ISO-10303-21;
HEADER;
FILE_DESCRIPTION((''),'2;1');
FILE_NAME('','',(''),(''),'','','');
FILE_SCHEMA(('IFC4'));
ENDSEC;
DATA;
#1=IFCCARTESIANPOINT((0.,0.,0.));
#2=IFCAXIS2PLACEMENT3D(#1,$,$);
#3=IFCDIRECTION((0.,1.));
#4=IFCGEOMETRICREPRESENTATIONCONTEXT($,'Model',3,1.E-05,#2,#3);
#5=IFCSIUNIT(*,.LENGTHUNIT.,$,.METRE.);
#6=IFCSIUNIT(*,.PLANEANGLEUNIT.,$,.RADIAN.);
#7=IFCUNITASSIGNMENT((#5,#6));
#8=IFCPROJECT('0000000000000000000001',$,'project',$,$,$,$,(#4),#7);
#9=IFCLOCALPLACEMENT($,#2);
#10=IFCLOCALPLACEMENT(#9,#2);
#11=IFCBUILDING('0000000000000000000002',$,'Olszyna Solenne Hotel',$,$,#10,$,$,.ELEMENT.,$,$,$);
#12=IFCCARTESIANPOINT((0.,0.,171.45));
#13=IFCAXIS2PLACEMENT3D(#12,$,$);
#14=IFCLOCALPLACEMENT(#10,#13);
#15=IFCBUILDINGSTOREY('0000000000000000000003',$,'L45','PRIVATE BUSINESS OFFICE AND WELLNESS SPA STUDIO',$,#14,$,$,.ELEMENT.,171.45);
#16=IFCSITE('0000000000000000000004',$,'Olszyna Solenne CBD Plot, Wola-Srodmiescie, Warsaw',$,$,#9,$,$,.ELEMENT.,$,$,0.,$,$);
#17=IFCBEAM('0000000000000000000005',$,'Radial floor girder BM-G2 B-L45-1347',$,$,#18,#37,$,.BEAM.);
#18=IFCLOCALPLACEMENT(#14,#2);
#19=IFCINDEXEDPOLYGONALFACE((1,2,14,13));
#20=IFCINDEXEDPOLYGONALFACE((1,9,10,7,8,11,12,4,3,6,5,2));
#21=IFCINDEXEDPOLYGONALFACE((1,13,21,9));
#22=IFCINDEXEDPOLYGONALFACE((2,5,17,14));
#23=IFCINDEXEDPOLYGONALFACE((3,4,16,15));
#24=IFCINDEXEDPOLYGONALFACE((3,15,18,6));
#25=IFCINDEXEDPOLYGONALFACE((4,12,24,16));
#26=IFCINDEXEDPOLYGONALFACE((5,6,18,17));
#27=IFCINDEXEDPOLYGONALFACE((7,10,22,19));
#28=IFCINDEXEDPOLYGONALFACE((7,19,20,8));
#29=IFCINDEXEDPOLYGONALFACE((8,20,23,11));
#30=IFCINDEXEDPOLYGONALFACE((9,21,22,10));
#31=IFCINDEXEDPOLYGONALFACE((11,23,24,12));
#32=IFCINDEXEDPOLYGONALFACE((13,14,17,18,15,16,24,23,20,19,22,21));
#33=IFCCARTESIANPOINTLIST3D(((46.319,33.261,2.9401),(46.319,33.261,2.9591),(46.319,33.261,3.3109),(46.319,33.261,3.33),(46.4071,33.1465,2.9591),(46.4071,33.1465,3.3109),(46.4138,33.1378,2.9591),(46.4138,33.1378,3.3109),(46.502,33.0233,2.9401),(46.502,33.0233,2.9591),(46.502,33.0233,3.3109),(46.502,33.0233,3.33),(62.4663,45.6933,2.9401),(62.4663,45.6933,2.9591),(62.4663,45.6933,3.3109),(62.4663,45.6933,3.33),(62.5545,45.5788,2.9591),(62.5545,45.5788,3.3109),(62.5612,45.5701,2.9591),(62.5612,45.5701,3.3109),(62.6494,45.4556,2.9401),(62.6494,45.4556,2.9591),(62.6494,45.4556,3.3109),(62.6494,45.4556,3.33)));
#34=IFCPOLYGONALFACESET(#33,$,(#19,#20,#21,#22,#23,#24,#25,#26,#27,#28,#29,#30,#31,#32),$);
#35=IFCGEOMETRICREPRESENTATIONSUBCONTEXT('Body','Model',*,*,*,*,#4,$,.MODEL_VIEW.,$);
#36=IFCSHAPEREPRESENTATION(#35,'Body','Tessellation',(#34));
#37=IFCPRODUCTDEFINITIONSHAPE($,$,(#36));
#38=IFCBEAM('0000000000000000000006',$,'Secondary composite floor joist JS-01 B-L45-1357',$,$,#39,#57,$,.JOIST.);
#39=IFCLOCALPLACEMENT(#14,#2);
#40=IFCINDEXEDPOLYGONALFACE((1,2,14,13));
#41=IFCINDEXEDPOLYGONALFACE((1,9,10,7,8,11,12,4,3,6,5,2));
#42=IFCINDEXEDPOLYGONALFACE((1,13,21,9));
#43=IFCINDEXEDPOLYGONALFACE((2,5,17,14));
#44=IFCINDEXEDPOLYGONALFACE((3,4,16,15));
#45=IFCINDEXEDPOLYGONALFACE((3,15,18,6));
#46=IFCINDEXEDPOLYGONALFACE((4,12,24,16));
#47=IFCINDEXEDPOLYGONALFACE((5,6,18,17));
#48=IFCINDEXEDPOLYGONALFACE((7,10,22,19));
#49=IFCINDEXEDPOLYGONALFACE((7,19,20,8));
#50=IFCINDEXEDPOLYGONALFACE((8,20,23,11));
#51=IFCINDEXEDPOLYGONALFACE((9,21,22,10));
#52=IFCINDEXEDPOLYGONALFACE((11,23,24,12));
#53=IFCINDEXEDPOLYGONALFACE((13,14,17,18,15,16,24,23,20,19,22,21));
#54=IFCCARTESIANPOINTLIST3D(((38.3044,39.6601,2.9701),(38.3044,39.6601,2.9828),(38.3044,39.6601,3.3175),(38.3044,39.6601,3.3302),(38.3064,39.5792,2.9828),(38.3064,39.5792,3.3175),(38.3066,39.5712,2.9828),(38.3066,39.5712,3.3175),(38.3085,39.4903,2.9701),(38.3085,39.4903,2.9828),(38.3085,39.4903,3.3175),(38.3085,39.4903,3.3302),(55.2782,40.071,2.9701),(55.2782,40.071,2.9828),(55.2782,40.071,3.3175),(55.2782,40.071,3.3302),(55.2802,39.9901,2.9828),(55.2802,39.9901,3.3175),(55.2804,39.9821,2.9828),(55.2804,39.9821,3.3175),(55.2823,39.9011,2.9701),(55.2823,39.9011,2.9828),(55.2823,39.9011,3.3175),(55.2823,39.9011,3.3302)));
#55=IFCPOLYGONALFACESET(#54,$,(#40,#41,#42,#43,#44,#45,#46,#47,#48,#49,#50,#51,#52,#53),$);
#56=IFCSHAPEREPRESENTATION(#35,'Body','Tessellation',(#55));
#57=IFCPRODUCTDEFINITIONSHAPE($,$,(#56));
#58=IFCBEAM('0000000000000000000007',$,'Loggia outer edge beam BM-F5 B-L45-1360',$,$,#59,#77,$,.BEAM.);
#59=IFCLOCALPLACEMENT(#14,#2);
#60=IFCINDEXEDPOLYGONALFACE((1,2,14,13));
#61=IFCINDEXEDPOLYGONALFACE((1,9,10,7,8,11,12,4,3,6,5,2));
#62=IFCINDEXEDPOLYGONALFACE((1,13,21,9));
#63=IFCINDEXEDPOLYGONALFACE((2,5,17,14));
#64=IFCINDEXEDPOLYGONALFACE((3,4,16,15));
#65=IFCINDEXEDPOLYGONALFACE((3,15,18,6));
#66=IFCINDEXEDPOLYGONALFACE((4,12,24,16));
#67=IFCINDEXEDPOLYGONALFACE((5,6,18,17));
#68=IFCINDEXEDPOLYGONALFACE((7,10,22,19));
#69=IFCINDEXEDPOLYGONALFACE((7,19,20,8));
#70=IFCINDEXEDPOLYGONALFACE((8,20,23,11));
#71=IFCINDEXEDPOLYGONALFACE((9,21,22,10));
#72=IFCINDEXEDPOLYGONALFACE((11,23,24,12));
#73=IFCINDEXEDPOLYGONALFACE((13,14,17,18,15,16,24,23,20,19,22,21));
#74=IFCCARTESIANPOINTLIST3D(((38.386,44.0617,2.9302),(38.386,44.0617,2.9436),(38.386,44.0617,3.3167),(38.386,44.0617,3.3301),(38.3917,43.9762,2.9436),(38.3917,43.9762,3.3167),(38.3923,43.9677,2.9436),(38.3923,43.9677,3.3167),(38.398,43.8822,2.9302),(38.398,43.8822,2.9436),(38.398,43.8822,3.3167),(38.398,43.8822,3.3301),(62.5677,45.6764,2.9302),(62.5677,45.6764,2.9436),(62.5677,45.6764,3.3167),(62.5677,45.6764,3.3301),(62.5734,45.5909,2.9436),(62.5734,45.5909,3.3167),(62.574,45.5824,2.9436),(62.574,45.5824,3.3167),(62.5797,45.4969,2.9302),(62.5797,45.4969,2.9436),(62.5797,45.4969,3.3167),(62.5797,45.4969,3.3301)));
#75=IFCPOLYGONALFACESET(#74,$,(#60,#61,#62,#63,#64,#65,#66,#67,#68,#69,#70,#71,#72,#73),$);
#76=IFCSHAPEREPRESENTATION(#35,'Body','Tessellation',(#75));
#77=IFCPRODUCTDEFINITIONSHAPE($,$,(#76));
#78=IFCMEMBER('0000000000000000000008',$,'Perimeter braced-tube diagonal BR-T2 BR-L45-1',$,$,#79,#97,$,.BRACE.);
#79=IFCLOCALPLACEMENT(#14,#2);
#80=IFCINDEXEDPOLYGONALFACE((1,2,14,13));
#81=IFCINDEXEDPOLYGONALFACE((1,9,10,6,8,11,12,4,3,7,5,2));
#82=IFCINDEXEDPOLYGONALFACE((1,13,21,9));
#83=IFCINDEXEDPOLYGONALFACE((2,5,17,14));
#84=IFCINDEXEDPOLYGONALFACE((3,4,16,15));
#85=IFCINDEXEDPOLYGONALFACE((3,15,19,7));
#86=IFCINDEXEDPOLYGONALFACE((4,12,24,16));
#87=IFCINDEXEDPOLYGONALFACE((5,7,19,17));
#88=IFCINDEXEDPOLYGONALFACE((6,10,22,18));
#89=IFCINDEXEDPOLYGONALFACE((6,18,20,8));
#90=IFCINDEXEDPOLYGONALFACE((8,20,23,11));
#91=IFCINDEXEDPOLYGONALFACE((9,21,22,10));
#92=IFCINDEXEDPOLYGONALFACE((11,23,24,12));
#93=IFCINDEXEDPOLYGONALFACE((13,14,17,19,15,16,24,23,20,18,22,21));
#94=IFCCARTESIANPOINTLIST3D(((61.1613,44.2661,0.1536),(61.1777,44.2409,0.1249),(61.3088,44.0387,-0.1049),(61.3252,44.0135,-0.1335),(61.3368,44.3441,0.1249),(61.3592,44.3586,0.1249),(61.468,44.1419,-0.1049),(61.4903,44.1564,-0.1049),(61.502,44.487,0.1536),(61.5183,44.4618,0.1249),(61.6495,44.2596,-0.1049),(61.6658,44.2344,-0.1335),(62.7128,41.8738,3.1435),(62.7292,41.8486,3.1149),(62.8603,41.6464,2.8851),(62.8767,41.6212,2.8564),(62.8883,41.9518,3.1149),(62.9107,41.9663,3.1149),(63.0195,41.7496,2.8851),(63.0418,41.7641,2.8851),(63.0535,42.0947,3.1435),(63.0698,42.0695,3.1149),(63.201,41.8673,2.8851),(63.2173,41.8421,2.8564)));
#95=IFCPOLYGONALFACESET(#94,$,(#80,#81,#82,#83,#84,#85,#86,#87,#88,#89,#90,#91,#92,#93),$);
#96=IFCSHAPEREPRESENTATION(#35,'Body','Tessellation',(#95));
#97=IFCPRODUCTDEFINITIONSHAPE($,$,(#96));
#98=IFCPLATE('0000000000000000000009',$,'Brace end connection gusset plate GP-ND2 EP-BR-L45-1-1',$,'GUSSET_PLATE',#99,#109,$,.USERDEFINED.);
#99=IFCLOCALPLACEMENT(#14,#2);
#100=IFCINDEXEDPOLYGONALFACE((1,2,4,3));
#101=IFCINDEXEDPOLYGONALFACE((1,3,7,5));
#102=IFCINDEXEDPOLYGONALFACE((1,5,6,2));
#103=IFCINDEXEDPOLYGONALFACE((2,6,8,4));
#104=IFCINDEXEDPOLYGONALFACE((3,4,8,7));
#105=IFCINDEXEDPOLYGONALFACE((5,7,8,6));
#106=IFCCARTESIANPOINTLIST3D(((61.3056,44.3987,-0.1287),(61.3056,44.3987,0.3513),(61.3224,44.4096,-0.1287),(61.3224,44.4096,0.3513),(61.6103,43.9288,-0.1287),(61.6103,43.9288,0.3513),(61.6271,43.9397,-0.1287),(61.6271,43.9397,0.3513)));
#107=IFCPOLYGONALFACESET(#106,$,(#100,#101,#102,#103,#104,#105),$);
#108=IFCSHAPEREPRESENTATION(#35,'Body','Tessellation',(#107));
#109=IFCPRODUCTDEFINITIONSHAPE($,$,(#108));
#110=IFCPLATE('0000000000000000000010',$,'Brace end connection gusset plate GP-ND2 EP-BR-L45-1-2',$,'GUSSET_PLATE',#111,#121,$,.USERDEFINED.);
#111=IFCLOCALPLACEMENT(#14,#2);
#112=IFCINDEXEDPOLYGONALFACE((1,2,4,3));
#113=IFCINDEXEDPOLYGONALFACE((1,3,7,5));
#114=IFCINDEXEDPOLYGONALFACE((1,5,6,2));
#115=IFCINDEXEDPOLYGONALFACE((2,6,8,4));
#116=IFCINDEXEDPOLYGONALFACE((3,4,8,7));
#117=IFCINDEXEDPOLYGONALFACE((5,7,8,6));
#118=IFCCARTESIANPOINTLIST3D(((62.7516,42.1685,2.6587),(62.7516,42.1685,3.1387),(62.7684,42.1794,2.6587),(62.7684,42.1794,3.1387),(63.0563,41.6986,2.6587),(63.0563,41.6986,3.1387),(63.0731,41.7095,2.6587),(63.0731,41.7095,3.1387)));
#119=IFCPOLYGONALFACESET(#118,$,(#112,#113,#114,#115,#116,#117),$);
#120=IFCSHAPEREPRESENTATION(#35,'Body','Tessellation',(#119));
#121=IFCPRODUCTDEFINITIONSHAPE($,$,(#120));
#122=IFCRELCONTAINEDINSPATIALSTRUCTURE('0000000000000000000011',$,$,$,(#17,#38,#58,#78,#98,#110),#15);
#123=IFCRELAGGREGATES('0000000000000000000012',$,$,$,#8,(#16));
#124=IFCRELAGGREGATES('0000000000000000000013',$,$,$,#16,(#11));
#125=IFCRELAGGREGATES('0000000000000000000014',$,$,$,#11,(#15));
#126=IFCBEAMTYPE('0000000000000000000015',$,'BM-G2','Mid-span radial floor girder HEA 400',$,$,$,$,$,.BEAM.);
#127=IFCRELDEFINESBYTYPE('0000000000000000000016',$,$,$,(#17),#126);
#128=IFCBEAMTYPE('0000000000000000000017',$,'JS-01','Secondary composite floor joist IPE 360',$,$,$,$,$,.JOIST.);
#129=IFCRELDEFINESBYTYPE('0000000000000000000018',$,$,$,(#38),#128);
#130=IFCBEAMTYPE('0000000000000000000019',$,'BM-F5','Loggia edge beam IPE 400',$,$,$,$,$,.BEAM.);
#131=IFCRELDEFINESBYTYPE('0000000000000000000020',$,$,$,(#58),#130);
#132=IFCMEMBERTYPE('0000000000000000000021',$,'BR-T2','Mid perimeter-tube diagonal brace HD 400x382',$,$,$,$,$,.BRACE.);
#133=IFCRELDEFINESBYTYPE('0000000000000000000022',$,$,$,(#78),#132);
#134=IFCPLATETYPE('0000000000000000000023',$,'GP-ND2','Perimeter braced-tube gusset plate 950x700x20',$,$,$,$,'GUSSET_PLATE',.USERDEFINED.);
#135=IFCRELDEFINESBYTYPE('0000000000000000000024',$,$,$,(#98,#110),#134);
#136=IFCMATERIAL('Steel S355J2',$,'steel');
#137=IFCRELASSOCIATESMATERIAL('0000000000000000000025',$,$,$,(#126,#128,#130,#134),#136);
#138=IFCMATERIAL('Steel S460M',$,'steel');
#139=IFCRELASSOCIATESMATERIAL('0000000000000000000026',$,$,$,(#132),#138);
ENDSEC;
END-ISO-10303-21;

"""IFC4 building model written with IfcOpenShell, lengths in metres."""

from ifc_helpers import new_model, si_unit, direction, frame, origin, origin_2d, place, context, subcontext, project, spatial, rectangle, i_section, extrude, source, transform, mapped, material, material_profile, profile_set, type_object, element, save


model = new_model("IFC4")

# Units and contexts
model_context = context("Model", 3, precision=1e-05, world=origin(), true_north=direction((0.0, 1.0)))
body_context = subcontext(model_context, "Body", "Model", "MODEL_VIEW")
ifc_project = project(units=[si_unit("LENGTHUNIT", "METRE"), si_unit("PLANEANGLEUNIT", "RADIAN")], contexts=[model_context])

# Site, building, storey
site_placement = place(None, origin())
site = spatial("IfcSite", under=ifc_project, at=site_placement, Name="Olszyna Solenne CBD Plot, Wola-Srodmiescie, Warsaw", CompositionType="ELEMENT", RefElevation=0.0)
building_placement = place(site_placement, origin())
building = spatial("IfcBuilding", under=site, at=building_placement, Name="Olszyna Solenne Hotel", CompositionType="ELEMENT")
storey_placement = place(building_placement, frame((0.0, 0.0, 171.45)))
storey = spatial("IfcBuildingStorey", under=building, at=storey_placement, Name="L45", Description="PRIVATE BUSINESS OFFICE AND WELLNESS SPA STUDIO", CompositionType="ELEMENT", Elevation=171.45)

# Shared definitions
ifc_material_1 = material(Name="Steel S460M", Category="steel")

# Beams
ifc_material_2 = material(Name="Steel S355J2", Category="steel")
ifc_material_profile_1 = material_profile(ifc_material_2, i_section(OverallWidth=0.3, OverallDepth=0.3899, WebThickness=0.011, FlangeThickness=0.019, at=origin_2d()), Name="HEA 400", Category="load-bearing")
ifc_profile_set_1 = profile_set([ifc_material_profile_1], Name="Steel S355J2")
beam_type_1 = type_object("IfcBeamType", Name="BM-G2", Description="Mid-span radial floor girder HEA 400", PredefinedType="BEAM", material=ifc_profile_set_1)
shared_shape_1 = source(origin(), body_context, "Body", "SweptSolid", [
    extrude(i_section(OverallWidth=0.3, OverallDepth=0.3899, WebThickness=0.011, FlangeThickness=0.019, at=origin_2d()), origin(), (0.0, 0.0, 1.0), 20.3789),
])
beam_1_placement = place(storey_placement, frame((62.5579, 45.5745, 3.135), z_axis=(-0.792357, -0.610057, 0.0), x_axis=(0.610057, -0.792357, 0.0)))
element("IfcBeam", 1, at=beam_1_placement, inside=storey, type_object=beam_type_1, Name="Radial floor girder BM-G2 B-L45-1347", PredefinedType="BEAM", context=body_context, shape_type="MappedRepresentation", body=[
    mapped(shared_shape_1, transform((0.0, 0.0, 0.0), x_axis=(1.0, 0.0, 0.0), y_axis=(0.0, 1.0, 0.0), z_axis=(0.0, 0.0, 1.0), scale=1.0)),
])
ifc_material_profile_2 = material_profile(ifc_material_2, i_section(OverallWidth=0.1699, OverallDepth=0.3601, WebThickness=0.0081, FlangeThickness=0.0127, at=origin_2d()), Name="IPE 360", Category="load-bearing")
ifc_profile_set_2 = profile_set([ifc_material_profile_2], Name="Steel S355J2")
beam_type_2 = type_object("IfcBeamType", Name="JS-01", Description="Secondary composite floor joist IPE 360", PredefinedType="JOIST", material=ifc_profile_set_2)
shared_shape_2 = source(origin(), body_context, "Body", "SweptSolid", [
    extrude(i_section(OverallWidth=0.1699, OverallDepth=0.3601, WebThickness=0.0081, FlangeThickness=0.0127, at=origin_2d()), origin(), (0.0, 0.0, 1.0), 16.9788),
])
beam_2_placement = place(storey_placement, frame((55.2803, 39.9861, 3.1501), z_axis=(-0.999707, -0.0242, 0.0), x_axis=(0.0242, -0.999707, 0.0)))
element("IfcBeam", 2, at=beam_2_placement, inside=storey, type_object=beam_type_2, Name="Secondary composite floor joist JS-01 B-L45-1357", PredefinedType="JOIST", context=body_context, shape_type="MappedRepresentation", body=[
    mapped(shared_shape_2, transform((0.0, 0.0, 0.0), x_axis=(1.0, 0.0, 0.0), y_axis=(0.0, 1.0, 0.0), z_axis=(0.0, 0.0, 1.0), scale=1.0)),
])
ifc_material_profile_3 = material_profile(ifc_material_2, i_section(OverallWidth=0.1799, OverallDepth=0.3999, WebThickness=0.0085, FlangeThickness=0.0134, at=origin_2d()), Name="IPE 400", Category="load-bearing")
ifc_profile_set_3 = profile_set([ifc_material_profile_3], Name="Steel S355J2")
beam_type_3 = type_object("IfcBeamType", Name="BM-F5", Description="Loggia edge beam IPE 400", PredefinedType="BEAM", material=ifc_profile_set_3)
shared_shape_3 = source(origin(), body_context, "Body", "SweptSolid", [
    extrude(i_section(OverallWidth=0.1799, OverallDepth=0.3999, WebThickness=0.0085, FlangeThickness=0.0134, at=origin_2d()), origin(), (0.0, 0.0, 1.0), 24.2356),
])
beam_3_placement = place(storey_placement, frame((62.5737, 45.5867, 3.1301), z_axis=(-0.997778, -0.066627, 0.0), x_axis=(0.066627, -0.997778, 0.0)))
element("IfcBeam", 3, at=beam_3_placement, inside=storey, type_object=beam_type_3, Name="Loggia outer edge beam BM-F5 B-L45-1360", PredefinedType="BEAM", context=body_context, shape_type="MappedRepresentation", body=[
    mapped(shared_shape_3, transform((0.0, 0.0, 0.0), x_axis=(1.0, 0.0, 0.0), y_axis=(0.0, 1.0, 0.0), z_axis=(0.0, 0.0, 1.0), scale=1.0)),
])

# Member
ifc_material_profile_4 = material_profile(ifc_material_1, i_section(OverallWidth=0.406, OverallDepth=0.416, WebThickness=0.0266, FlangeThickness=0.0415, at=origin_2d()), Name="HD 400x382", Category="load-bearing")
ifc_profile_set_4 = profile_set([ifc_material_profile_4], Name="Steel S460M")
member_type = type_object("IfcMemberType", Name="BR-T2", Description="Mid perimeter-tube diagonal brace HD 400x382", PredefinedType="BRACE", material=ifc_profile_set_4)
shared_shape_4 = source(origin(), body_context, "Body", "SweptSolid", [
    extrude(i_section(OverallWidth=0.406, OverallDepth=0.416, WebThickness=0.0266, FlangeThickness=0.0415, at=origin_2d()), origin(), (0.0, 0.0, 1.0), 4.1316),
])
member_placement = place(storey_placement, frame((61.4136, 44.2502, 0.01), z_axis=(0.37552, -0.579027, 0.72368), x_axis=(0.839005, 0.544124, 0.0)))
element("IfcMember", 4, at=member_placement, inside=storey, type_object=member_type, Name="Perimeter braced-tube diagonal BR-T2 BR-L45-1", PredefinedType="BRACE", context=body_context, shape_type="MappedRepresentation", body=[
    mapped(shared_shape_4, transform((0.0, 0.0, 0.0), x_axis=(1.0, 0.0, 0.0), y_axis=(0.0, 1.0, 0.0), z_axis=(0.0, 0.0, 1.0), scale=1.0)),
])

# Plates
plate_type = type_object("IfcPlateType", Name="GP-ND2", Description="Perimeter braced-tube gusset plate 950x700x20", ElementType="GUSSET_PLATE", PredefinedType="USERDEFINED", material=ifc_material_2)
shared_shape_5 = source(origin(), body_context, "Body", "SweptSolid", [
    extrude(rectangle(XDim=0.5601, YDim=0.02, at=origin_2d()), origin(), (0.0, 0.0, 1.0), 0.48),
])
for number, where, z_axis, x_axis, name in (
    (5, (61.4663, 44.1692, -0.1287), (0.0, 0.0, 1.0), (0.544053, -0.839051, 0.0), "Brace end connection gusset plate GP-ND2 EP-BR-L45-1-1"),
    (6, (62.9124, 41.939, 2.6587), (0.0, 0.0, 1.0), (0.544053, -0.839051, 0.0), "Brace end connection gusset plate GP-ND2 EP-BR-L45-1-2"),
):
    element("IfcPlate", number, at=place(storey_placement, frame(where, z_axis=z_axis, x_axis=x_axis)), inside=storey, type_object=plate_type, Name=name, ObjectType="GUSSET_PLATE", PredefinedType="USERDEFINED", context=body_context, shape_type="MappedRepresentation", body=[
        mapped(shared_shape_5, transform((0.0, 0.0, 0.0), x_axis=(1.0, 0.0, 0.0), y_axis=(0.0, 1.0, 0.0), z_axis=(0.0, 0.0, 1.0), scale=1.0)),
    ])

save(model, "model.ifc")
